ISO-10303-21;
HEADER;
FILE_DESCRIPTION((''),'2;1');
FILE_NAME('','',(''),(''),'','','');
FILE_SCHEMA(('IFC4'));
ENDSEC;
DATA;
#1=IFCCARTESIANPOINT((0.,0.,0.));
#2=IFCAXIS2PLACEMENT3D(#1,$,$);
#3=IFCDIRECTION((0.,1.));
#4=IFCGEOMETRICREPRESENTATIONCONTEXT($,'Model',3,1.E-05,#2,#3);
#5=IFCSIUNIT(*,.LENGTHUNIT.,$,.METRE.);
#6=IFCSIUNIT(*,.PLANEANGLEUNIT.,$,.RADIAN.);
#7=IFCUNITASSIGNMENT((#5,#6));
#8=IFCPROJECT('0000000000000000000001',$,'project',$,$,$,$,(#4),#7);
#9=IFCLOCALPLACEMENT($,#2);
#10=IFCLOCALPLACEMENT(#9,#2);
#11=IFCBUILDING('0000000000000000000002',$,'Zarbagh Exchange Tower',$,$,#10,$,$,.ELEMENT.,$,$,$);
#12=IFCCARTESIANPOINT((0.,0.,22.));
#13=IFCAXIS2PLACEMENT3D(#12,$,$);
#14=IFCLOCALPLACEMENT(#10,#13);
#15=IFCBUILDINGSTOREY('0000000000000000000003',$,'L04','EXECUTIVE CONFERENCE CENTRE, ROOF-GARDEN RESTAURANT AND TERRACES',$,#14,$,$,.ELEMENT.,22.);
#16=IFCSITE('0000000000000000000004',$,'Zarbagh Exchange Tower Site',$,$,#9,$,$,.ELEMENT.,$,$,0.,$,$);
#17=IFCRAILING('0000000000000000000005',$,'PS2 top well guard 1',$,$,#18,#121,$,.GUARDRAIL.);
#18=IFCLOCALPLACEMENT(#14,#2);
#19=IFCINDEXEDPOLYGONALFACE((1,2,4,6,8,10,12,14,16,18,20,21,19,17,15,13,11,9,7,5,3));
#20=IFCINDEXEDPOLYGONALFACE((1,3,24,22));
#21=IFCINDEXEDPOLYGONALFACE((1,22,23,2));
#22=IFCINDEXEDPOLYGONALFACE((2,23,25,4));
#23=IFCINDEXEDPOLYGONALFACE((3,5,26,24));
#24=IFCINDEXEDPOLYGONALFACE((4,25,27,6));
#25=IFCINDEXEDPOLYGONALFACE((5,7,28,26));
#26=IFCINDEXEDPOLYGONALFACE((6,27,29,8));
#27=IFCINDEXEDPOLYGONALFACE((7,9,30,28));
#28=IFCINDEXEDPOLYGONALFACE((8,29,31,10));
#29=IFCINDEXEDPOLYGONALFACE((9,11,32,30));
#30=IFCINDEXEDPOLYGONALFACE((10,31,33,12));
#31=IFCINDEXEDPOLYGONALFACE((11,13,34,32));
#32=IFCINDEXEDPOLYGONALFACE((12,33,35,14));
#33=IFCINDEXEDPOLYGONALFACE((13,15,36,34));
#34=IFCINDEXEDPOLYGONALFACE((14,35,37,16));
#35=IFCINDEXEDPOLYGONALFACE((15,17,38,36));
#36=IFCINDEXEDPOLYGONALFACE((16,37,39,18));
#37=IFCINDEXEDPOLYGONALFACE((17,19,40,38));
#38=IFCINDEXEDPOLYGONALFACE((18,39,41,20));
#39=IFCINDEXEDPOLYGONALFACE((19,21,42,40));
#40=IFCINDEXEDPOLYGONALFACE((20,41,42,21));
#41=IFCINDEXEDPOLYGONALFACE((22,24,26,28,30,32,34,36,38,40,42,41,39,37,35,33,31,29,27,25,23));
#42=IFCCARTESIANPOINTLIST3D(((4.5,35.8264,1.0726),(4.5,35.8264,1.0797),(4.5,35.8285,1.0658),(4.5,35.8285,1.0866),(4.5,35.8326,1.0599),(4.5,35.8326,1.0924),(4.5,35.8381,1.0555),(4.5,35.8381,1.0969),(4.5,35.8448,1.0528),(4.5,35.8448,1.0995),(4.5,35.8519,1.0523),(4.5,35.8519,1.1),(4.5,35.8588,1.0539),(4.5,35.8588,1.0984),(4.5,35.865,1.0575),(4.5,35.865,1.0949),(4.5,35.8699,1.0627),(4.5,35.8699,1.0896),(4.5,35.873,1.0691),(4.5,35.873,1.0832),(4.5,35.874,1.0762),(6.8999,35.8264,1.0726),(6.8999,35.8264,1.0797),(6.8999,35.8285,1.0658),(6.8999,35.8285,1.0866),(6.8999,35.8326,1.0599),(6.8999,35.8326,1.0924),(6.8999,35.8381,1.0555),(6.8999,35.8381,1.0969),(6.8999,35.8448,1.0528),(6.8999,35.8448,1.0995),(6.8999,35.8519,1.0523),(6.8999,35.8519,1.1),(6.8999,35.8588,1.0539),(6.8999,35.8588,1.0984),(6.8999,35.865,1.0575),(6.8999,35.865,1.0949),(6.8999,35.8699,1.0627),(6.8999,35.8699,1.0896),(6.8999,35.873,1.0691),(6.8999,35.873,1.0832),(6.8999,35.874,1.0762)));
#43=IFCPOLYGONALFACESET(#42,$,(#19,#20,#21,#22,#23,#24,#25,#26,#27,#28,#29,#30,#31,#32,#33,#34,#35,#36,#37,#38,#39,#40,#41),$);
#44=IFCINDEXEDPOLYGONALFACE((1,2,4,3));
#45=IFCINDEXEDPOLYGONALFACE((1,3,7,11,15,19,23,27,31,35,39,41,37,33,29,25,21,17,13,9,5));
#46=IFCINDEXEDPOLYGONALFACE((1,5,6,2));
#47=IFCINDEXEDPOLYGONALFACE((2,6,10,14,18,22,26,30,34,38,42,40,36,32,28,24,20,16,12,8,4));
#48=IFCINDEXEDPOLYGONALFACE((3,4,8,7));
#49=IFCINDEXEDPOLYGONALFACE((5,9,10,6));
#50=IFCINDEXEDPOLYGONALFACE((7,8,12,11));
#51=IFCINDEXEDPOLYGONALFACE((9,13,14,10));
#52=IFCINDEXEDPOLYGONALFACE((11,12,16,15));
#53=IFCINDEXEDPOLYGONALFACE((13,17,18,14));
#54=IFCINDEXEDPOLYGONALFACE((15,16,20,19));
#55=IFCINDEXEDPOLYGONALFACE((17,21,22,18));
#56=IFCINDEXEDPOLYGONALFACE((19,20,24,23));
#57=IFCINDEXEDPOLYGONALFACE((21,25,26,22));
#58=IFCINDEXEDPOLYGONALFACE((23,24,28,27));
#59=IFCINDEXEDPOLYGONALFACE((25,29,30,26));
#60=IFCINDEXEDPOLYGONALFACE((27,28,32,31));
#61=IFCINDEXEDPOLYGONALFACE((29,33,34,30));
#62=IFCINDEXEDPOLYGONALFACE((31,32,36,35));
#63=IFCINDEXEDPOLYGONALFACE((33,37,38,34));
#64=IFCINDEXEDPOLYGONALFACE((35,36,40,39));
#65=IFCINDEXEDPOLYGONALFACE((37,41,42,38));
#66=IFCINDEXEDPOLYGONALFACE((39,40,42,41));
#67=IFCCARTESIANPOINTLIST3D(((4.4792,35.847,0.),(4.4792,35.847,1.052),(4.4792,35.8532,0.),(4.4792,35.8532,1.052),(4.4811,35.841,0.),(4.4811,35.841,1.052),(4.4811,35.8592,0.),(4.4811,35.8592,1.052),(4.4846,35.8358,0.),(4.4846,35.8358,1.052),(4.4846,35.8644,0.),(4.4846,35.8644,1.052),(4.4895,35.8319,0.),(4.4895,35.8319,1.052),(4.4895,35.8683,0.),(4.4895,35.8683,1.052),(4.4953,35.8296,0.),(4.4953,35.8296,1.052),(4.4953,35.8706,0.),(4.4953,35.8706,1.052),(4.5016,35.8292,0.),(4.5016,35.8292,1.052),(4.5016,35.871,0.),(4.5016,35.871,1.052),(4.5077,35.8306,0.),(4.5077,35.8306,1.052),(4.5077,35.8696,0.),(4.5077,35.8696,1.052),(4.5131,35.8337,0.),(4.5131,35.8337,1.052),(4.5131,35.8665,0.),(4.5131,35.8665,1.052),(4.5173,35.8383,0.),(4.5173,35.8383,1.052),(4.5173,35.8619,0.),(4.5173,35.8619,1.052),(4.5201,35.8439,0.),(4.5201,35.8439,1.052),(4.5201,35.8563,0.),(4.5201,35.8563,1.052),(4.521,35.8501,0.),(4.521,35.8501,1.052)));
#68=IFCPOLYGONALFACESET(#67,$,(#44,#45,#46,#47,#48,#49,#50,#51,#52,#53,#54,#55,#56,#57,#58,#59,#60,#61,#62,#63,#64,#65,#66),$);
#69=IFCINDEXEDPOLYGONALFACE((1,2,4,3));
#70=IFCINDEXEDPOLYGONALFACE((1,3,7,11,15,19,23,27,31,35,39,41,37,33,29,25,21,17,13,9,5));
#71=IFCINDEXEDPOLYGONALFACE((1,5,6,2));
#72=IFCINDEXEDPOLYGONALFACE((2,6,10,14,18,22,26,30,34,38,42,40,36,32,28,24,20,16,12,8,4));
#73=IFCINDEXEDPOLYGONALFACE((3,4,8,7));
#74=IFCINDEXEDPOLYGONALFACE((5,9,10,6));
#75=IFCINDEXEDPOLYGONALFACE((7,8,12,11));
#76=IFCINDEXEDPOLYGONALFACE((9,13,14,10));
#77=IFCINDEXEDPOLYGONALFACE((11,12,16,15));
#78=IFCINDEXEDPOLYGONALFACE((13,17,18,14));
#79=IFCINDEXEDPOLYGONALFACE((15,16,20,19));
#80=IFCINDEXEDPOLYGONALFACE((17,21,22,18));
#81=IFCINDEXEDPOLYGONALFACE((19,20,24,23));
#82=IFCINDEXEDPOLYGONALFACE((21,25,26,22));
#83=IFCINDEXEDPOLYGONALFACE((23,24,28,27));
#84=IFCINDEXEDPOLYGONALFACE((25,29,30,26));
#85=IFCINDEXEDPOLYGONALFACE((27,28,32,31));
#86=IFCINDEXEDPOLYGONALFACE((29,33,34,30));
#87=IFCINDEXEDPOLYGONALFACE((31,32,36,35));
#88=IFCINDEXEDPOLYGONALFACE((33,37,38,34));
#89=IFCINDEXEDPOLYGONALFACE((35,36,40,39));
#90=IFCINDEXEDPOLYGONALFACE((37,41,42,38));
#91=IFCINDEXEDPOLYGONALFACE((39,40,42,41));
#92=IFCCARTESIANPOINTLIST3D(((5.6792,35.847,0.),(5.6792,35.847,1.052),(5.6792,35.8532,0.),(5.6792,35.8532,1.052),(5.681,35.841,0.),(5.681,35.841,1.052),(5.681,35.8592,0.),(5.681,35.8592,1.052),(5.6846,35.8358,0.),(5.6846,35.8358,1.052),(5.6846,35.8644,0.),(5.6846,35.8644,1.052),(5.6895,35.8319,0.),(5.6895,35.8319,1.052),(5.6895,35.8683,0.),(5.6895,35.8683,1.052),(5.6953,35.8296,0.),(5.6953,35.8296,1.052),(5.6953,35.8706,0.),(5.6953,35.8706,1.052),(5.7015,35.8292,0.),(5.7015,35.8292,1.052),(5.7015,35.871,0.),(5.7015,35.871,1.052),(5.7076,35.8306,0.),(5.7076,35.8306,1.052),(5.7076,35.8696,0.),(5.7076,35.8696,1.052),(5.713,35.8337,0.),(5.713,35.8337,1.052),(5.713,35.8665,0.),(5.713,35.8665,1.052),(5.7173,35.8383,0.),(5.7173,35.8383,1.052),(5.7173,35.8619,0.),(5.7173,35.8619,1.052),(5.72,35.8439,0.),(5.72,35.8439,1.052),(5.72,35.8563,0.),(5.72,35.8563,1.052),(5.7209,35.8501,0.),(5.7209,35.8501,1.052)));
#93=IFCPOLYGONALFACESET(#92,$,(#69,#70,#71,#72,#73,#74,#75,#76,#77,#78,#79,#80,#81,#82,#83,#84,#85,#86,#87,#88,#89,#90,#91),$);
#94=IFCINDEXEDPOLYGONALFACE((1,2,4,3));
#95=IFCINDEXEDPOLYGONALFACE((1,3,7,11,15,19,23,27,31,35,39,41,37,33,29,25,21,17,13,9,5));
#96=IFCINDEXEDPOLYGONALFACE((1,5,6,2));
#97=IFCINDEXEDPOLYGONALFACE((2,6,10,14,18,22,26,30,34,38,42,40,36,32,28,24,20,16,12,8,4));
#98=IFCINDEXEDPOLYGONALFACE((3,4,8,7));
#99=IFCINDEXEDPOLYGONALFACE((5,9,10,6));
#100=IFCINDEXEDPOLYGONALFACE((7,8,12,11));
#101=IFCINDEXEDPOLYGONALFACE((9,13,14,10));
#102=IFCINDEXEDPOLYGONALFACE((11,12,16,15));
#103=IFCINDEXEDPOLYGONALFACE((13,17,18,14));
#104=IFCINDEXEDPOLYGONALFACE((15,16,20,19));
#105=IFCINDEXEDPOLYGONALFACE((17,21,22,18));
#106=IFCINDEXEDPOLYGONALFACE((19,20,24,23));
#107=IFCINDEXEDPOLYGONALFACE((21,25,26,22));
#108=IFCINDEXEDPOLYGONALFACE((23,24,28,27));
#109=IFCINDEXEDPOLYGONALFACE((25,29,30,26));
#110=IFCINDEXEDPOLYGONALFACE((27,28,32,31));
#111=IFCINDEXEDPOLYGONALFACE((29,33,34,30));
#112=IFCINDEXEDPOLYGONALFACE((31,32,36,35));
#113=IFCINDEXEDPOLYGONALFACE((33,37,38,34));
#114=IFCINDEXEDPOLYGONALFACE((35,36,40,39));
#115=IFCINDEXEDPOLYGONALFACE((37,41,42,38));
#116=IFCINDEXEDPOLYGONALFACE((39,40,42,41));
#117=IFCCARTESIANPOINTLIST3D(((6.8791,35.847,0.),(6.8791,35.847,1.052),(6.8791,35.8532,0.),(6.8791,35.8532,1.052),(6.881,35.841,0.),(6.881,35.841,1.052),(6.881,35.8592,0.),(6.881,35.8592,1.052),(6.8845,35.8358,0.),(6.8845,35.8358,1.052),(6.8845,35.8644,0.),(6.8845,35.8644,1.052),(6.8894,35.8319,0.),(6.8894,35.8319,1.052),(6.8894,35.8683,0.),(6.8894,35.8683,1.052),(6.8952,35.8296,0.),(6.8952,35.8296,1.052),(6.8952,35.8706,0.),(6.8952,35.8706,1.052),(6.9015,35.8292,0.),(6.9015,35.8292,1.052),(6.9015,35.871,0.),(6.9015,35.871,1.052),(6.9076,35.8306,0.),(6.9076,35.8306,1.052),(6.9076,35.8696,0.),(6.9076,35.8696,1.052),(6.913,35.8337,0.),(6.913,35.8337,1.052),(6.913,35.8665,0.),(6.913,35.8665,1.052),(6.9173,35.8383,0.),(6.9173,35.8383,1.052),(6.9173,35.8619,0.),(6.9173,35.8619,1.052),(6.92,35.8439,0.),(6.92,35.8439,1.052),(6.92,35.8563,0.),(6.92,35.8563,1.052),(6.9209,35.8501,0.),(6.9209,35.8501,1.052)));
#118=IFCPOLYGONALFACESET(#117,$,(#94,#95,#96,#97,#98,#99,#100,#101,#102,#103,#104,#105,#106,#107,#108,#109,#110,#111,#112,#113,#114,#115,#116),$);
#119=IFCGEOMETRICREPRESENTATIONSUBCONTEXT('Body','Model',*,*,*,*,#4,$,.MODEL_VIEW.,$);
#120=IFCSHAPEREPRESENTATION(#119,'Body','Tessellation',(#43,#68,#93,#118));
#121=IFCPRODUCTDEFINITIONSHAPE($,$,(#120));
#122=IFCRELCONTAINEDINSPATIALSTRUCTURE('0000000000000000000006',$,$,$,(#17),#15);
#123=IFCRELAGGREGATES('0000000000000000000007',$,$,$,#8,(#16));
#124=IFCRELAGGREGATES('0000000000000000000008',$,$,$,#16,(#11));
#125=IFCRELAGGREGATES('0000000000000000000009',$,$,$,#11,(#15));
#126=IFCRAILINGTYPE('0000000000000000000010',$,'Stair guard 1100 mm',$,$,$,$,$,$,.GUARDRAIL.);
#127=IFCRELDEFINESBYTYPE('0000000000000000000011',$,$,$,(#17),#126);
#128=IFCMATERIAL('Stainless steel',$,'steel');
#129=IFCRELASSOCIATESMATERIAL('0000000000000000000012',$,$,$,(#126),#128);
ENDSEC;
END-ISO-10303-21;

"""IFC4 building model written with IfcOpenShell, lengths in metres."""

from ifc_helpers import new_model, si_unit, direction, frame, origin, origin_2d, place, context, subcontext, project, spatial, circle, extrude, material, type_object, element, save


model = new_model("IFC4")

# Units and contexts
model_context = context("Model", 3, precision=1e-05, world=origin(), true_north=direction((0.0, 1.0)))
body_context = subcontext(model_context, "Body", "Model", "MODEL_VIEW")
ifc_project = project(units=[si_unit("LENGTHUNIT", "METRE"), si_unit("PLANEANGLEUNIT", "RADIAN")], contexts=[model_context])

# Site, building, storey
site_placement = place(None, origin())
site = spatial("IfcSite", under=ifc_project, at=site_placement, Name="Zarbagh Exchange Tower Site", CompositionType="ELEMENT", RefElevation=0.0)
building_placement = place(site_placement, origin())
building = spatial("IfcBuilding", under=site, at=building_placement, Name="Zarbagh Exchange Tower", CompositionType="ELEMENT")
storey_placement = place(building_placement, frame((0.0, 0.0, 22.0)))
storey = spatial("IfcBuildingStorey", under=building, at=storey_placement, Name="L04", Description="EXECUTIVE CONFERENCE CENTRE, ROOF-GARDEN RESTAURANT AND TERRACES", CompositionType="ELEMENT", Elevation=22.0)

# Shared definitions
ifc_material_1 = material(Name="Stainless steel", Category="steel")

# Railing
railing_type_1 = type_object("IfcRailingType", Name="Stair guard 1100 mm", PredefinedType="GUARDRAIL", material=ifc_material_1)
railing_1_placement = place(storey_placement, frame((4.5, 35.8501, 0.0)))
element("IfcRailing", 1, at=railing_1_placement, inside=storey, type_object=railing_type_1, Name="PS2 top well guard 1", PredefinedType="GUARDRAIL", context=body_context, shape_type="SweptSolid", body=[
    extrude(circle(Radius=0.0239, at=origin_2d()), frame((0.0, 0.0, 1.0762), z_axis=(1.0, 0.0, 0.0), x_axis=(0.0, 1.0, 0.0)), (0.0, 0.0, 1.0), 2.3999),
    extrude(circle(Radius=0.021, at=origin_2d()), origin(), (0.0, 0.0, 1.0), 1.052),
    extrude(circle(Radius=0.021, at=origin_2d()), frame((1.2, 0.0, 0.0)), (0.0, 0.0, 1.0), 1.052),
    extrude(circle(Radius=0.021, at=origin_2d()), frame((2.3999, 0.0, 0.0)), (0.0, 0.0, 1.0), 1.052),
])

save(model, "model.ifc")
